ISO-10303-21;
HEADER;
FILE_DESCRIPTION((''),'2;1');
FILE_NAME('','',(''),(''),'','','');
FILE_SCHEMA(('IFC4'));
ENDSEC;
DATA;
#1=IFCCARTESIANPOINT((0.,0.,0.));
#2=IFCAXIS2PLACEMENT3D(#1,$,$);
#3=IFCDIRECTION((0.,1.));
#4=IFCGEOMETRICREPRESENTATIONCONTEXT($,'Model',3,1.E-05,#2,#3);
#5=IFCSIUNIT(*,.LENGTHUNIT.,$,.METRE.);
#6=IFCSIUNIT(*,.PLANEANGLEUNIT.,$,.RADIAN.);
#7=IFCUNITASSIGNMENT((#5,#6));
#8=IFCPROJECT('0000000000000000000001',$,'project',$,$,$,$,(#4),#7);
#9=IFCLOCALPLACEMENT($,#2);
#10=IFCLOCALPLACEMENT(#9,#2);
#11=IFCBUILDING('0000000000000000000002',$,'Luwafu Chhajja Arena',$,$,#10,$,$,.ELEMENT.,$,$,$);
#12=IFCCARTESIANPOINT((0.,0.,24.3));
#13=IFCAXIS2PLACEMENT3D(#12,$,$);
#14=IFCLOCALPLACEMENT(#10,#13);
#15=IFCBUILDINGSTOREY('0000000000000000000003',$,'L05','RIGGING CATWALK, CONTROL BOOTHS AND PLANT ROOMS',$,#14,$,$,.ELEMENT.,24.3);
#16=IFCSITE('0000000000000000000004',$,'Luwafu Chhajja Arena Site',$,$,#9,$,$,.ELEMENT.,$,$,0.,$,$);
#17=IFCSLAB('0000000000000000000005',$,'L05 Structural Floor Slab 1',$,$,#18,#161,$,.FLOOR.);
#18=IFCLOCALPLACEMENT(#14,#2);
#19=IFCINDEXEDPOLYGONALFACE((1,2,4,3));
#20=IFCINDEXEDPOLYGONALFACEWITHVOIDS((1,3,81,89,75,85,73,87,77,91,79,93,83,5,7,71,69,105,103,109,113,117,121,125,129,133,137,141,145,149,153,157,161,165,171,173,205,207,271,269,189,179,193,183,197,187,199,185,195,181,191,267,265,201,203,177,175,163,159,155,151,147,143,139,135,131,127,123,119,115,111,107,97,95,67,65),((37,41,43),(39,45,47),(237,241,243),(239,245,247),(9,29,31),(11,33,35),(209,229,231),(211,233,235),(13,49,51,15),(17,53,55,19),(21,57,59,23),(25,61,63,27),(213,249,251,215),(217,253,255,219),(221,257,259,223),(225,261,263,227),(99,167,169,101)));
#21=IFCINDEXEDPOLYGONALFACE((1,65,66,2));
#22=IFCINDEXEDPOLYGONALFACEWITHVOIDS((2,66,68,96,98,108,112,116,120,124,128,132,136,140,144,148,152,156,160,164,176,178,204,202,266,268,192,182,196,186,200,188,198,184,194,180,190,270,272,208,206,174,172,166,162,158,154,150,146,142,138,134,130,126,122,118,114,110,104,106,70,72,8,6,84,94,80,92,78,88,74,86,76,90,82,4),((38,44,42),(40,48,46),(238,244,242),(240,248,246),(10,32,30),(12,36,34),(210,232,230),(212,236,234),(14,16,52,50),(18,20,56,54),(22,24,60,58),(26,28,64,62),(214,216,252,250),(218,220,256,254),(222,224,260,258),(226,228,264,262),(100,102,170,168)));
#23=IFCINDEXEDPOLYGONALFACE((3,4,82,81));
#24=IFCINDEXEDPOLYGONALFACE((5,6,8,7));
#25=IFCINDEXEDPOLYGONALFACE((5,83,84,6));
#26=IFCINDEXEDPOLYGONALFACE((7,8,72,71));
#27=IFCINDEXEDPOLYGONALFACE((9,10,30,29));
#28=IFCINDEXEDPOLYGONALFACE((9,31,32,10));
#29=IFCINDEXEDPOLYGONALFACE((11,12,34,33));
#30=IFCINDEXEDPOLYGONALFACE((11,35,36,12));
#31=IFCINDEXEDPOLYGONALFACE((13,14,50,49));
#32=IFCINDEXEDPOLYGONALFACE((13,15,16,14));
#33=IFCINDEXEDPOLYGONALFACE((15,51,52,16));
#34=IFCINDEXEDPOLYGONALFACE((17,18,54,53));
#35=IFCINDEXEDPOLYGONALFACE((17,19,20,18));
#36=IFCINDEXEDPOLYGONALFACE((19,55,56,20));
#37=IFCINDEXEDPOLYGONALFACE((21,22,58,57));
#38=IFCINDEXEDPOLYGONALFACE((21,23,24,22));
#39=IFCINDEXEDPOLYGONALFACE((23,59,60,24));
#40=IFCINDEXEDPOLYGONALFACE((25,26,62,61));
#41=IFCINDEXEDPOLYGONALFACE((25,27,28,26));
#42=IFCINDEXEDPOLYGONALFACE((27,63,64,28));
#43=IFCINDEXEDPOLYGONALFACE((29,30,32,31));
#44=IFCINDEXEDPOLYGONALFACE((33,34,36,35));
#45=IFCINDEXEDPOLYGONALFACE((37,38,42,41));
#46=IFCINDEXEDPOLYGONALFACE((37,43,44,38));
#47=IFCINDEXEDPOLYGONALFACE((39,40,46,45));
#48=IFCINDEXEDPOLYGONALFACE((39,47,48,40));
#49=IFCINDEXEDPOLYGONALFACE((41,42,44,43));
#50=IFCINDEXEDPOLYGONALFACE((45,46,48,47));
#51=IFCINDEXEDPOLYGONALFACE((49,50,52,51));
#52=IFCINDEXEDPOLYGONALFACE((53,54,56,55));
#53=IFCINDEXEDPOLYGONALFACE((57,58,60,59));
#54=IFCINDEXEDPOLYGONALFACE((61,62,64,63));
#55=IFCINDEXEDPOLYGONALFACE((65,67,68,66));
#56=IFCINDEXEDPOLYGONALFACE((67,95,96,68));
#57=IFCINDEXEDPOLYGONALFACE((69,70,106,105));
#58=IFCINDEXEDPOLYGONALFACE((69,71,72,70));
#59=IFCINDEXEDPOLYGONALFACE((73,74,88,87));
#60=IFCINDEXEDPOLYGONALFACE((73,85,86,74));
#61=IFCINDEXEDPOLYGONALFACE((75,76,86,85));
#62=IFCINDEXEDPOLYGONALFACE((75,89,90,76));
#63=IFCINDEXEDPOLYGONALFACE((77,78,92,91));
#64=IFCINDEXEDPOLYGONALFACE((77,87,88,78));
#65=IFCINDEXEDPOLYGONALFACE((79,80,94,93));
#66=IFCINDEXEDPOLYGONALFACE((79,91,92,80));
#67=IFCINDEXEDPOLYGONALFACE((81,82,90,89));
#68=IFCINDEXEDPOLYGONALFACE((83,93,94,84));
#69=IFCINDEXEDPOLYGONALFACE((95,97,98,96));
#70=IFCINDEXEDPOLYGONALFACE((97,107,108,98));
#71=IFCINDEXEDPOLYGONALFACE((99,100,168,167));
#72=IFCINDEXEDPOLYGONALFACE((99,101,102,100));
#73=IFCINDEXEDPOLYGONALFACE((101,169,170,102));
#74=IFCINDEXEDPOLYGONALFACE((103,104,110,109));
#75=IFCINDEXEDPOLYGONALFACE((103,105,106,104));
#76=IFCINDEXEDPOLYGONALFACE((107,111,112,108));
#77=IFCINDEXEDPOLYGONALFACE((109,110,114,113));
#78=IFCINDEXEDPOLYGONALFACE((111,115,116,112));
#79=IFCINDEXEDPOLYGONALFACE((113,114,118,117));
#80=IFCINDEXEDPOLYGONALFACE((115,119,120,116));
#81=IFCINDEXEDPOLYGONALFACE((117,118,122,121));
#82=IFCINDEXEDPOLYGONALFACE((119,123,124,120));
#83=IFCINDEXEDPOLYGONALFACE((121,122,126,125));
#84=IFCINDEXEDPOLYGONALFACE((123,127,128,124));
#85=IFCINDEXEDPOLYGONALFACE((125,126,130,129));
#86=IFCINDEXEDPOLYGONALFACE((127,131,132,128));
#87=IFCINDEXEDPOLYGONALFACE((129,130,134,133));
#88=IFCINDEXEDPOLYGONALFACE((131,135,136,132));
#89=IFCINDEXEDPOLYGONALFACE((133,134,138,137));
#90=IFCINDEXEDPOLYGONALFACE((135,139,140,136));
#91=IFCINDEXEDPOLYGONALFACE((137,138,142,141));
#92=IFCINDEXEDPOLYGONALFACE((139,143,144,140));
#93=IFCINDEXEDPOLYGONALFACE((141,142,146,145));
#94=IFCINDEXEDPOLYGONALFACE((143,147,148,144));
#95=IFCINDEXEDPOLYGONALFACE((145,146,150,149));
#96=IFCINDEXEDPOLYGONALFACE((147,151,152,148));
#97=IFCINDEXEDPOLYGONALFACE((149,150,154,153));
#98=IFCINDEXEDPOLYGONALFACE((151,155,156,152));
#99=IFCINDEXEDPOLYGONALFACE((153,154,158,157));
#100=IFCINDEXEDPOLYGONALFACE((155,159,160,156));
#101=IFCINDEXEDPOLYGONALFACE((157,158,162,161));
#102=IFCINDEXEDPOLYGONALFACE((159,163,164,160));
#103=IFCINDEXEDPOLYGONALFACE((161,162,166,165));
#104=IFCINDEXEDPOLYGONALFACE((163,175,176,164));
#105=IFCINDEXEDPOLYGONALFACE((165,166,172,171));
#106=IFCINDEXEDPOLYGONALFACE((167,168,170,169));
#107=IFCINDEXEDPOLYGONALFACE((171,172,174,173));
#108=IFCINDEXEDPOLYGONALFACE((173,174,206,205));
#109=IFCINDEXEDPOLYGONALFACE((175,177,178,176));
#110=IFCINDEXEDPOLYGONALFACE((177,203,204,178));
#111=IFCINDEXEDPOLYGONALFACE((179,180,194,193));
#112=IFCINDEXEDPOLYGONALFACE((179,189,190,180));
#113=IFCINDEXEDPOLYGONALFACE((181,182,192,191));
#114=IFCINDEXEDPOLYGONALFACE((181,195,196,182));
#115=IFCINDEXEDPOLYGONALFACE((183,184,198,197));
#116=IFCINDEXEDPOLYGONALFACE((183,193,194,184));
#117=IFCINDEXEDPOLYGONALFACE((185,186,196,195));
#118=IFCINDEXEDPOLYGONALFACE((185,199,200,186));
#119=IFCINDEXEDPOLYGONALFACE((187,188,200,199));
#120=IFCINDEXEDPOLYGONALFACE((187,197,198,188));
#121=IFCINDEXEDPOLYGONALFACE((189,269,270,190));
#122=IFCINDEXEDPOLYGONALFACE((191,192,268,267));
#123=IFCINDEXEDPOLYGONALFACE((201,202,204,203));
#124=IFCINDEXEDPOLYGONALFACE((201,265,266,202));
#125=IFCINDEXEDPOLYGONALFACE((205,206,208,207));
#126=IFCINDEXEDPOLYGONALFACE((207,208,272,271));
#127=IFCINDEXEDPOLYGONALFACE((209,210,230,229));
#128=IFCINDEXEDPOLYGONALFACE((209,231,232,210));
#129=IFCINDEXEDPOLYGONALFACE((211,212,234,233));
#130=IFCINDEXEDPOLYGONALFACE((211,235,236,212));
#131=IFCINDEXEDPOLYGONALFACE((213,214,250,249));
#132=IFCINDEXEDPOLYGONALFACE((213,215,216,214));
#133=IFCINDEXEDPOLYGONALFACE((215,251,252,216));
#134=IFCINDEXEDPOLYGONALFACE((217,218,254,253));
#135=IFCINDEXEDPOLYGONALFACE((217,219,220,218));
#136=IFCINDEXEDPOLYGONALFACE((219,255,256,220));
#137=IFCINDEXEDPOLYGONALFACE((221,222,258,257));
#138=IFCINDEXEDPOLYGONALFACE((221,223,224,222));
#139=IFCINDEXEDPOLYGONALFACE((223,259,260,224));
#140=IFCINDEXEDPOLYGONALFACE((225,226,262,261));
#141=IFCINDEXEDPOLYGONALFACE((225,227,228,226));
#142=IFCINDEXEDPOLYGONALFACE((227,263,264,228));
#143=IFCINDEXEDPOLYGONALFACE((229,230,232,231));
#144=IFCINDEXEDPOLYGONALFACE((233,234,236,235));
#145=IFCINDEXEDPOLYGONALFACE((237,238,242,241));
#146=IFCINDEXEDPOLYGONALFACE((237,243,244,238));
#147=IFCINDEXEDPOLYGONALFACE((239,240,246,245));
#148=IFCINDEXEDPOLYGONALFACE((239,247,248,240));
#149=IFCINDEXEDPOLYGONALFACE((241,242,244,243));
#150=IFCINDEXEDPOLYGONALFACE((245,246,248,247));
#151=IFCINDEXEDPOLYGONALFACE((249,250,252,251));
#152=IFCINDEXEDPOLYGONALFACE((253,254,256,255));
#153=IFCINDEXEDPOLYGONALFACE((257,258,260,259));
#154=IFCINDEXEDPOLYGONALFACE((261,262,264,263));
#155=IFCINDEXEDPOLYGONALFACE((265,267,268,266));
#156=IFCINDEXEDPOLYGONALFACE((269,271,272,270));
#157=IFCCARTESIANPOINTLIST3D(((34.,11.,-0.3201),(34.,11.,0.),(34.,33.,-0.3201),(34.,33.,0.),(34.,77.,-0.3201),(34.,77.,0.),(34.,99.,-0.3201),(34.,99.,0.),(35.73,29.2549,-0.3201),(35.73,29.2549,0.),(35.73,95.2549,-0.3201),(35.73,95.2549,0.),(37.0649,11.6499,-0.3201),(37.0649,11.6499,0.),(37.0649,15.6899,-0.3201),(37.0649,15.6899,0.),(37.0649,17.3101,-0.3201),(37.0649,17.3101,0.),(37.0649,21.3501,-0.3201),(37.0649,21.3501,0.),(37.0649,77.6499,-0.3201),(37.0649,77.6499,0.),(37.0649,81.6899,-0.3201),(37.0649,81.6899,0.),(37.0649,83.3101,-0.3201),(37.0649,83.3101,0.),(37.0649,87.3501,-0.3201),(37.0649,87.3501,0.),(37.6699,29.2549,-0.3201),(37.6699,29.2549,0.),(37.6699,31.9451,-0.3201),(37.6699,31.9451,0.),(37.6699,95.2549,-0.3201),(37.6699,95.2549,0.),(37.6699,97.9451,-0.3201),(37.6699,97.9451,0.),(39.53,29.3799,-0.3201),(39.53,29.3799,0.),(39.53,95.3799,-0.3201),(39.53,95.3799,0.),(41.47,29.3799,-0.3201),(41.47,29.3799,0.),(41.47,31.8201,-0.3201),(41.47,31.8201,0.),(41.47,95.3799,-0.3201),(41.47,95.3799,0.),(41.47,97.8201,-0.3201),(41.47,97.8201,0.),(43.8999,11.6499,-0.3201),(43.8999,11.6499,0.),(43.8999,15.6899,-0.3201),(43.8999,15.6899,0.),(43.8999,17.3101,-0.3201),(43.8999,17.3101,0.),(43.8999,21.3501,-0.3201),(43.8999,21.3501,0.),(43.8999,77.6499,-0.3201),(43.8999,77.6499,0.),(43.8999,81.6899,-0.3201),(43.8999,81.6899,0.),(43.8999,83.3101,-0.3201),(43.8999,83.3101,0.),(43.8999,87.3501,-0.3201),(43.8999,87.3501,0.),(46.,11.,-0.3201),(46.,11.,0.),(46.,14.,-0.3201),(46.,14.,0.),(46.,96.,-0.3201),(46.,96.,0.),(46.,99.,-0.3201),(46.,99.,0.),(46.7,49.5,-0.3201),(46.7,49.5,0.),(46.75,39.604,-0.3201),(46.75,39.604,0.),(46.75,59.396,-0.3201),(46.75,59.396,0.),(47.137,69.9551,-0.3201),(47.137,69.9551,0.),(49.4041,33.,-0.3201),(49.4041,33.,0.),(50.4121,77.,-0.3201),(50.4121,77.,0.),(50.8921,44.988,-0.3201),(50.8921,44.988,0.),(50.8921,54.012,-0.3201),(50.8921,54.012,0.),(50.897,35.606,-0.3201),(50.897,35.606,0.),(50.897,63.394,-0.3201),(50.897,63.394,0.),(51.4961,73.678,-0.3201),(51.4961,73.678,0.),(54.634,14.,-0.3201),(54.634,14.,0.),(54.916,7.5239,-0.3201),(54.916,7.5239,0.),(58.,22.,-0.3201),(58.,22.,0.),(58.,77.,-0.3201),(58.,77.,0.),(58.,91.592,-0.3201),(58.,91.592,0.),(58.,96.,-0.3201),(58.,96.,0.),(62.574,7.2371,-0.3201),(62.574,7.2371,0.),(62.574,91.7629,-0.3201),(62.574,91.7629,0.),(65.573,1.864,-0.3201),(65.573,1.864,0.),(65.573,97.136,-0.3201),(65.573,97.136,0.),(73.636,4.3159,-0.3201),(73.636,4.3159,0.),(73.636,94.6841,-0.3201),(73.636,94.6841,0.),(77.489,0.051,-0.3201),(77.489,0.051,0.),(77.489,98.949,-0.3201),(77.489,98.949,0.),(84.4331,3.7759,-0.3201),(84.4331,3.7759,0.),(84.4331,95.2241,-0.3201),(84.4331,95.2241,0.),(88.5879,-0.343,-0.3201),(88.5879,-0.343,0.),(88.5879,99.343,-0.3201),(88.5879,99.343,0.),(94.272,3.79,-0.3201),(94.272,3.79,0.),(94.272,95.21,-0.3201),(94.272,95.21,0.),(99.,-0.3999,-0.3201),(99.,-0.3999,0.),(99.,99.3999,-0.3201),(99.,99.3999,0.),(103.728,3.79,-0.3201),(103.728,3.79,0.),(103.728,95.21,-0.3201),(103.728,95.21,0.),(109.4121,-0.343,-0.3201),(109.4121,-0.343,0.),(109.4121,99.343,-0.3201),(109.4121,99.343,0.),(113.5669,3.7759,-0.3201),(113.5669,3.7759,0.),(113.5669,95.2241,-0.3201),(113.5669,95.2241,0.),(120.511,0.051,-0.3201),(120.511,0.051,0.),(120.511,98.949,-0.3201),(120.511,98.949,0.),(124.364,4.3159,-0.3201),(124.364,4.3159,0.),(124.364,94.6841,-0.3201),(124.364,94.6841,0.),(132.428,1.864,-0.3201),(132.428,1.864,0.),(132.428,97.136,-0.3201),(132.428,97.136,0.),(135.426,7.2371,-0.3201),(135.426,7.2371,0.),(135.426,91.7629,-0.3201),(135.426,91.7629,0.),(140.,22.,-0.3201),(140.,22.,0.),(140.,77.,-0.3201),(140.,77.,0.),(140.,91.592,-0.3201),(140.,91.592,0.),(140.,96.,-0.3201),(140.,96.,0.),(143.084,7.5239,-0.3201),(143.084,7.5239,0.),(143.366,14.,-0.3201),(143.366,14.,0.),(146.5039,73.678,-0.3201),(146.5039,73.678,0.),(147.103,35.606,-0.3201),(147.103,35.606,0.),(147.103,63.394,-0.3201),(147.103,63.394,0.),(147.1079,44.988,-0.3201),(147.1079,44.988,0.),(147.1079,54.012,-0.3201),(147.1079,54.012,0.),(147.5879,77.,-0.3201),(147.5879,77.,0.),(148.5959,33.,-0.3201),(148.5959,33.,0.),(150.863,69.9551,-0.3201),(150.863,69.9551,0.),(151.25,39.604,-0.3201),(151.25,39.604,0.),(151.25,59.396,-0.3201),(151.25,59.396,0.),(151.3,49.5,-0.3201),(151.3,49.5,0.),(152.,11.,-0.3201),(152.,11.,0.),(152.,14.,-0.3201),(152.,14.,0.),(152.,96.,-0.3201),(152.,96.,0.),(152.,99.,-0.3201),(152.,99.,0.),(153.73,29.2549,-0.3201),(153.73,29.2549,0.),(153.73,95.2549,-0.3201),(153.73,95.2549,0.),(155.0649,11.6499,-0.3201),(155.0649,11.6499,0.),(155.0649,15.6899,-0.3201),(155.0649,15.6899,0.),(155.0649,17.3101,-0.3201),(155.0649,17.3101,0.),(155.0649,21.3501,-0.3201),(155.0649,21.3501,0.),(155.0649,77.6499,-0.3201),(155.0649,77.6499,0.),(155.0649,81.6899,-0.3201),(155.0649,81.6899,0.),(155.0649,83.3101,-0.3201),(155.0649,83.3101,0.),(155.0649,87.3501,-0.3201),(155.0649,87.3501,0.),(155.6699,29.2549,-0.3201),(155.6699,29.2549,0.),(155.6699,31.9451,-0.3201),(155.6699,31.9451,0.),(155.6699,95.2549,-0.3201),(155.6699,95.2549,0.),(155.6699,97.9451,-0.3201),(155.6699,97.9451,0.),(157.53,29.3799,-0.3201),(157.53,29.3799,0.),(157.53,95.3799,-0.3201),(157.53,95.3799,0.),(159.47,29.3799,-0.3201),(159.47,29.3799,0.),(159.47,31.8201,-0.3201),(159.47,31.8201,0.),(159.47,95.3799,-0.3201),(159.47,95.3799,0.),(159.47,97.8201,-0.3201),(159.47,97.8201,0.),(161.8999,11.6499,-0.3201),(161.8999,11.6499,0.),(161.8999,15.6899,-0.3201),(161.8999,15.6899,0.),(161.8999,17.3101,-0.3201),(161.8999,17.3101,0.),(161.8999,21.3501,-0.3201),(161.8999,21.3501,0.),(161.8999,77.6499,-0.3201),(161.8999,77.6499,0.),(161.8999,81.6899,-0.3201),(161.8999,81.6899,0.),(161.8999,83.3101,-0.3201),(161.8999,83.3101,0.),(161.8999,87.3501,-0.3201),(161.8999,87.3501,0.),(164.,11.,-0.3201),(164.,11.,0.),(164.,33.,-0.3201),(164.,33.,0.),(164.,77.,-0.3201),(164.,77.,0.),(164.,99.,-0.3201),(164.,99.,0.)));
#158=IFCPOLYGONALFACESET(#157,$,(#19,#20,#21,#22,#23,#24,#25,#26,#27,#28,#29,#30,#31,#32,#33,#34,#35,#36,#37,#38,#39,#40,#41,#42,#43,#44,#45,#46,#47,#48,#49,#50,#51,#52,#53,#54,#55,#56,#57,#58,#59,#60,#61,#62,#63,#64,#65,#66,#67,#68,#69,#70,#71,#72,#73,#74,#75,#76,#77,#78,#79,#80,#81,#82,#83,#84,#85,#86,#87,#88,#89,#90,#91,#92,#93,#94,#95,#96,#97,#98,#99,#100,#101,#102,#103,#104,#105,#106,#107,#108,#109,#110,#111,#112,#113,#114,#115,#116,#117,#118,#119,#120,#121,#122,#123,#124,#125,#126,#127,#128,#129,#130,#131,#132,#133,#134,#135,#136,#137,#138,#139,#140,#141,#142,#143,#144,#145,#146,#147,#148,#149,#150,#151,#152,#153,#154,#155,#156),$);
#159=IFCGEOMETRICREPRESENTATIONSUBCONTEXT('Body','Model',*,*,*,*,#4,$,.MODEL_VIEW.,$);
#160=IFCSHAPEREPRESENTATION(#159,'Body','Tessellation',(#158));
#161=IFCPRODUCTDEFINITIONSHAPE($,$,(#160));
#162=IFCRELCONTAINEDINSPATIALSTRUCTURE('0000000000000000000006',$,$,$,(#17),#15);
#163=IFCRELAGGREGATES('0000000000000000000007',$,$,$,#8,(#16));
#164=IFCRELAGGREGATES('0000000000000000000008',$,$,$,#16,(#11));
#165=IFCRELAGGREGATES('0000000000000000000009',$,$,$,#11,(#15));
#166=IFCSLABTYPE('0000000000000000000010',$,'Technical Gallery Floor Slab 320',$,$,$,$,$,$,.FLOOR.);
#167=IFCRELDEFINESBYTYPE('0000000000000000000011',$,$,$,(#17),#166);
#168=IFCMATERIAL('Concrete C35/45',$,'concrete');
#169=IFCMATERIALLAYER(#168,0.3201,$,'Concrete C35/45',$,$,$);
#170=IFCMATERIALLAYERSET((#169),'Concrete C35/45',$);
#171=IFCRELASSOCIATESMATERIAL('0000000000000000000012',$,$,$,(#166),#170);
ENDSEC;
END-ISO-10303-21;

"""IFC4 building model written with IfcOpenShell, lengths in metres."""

from ifc_helpers import new_model, si_unit, direction, frame, origin, place, context, subcontext, project, spatial, polyline, outline, extrude, material, layer, layer_set, type_object, element, save


model = new_model("IFC4")

# Units and contexts
model_context = context("Model", 3, precision=1e-05, world=origin(), true_north=direction((0.0, 1.0)))
body_context = subcontext(model_context, "Body", "Model", "MODEL_VIEW")
ifc_project = project(units=[si_unit("LENGTHUNIT", "METRE"), si_unit("PLANEANGLEUNIT", "RADIAN")], contexts=[model_context])

# Site, building, storey
site_placement = place(None, origin())
site = spatial("IfcSite", under=ifc_project, at=site_placement, Name="Luwafu Chhajja Arena Site", CompositionType="ELEMENT", RefElevation=0.0)
building_placement = place(site_placement, origin())
building = spatial("IfcBuilding", under=site, at=building_placement, Name="Luwafu Chhajja Arena", CompositionType="ELEMENT")
storey_placement = place(building_placement, frame((0.0, 0.0, 24.3)))
storey = spatial("IfcBuildingStorey", under=building, at=storey_placement, Name="L05", Description="RIGGING CATWALK, CONTROL BOOTHS AND PLANT ROOMS", CompositionType="ELEMENT", Elevation=24.3)

# Shared definitions
ifc_material_1 = material(Name="Concrete C35/45", Category="concrete")

# Slab
ifc_layer_1 = layer(ifc_material_1, 0.3201, Name="Concrete C35/45")
ifc_layer_set_1 = layer_set([ifc_layer_1], Name="Concrete C35/45")
slab_type = type_object("IfcSlabType", Name="Technical Gallery Floor Slab 320", PredefinedType="FLOOR", material=ifc_layer_set_1)
slab_placement = place(storey_placement, frame((0.0, 0.0, -0.3201)))
element("IfcSlab", 1, at=slab_placement, inside=storey, type_object=slab_type, Name="L05 Structural Floor Slab 1", PredefinedType="FLOOR", context=body_context, shape_type="SweptSolid", body=[
    extrude(outline(polyline([(46.0, 96.0), (58.0, 96.0), (58.0, 91.592), (62.574, 91.7629), (65.573, 97.136), (73.636, 94.6841), (77.489, 98.949), (84.4331, 95.2241), (88.5879, 99.343), (94.272, 95.21), (99.0, 99.3999), (103.728, 95.21), (109.4121, 99.343), (113.5669, 95.2241), (120.511, 98.949), (124.364, 94.6841), (132.428, 97.136), (135.426, 91.7629), (140.0, 91.592), (140.0, 96.0), (152.0, 96.0), (152.0, 99.0), (164.0, 99.0), (164.0, 77.0), (147.5879, 77.0), (146.5039, 73.678), (150.863, 69.9551), (147.103, 63.394), (151.25, 59.396), (147.1079, 54.012), (151.3, 49.5), (147.1079, 44.988), (151.25, 39.604), (147.103, 35.606), (148.5959, 33.0), (164.0, 33.0), (164.0, 11.0), (152.0, 11.0), (152.0, 14.0), (143.366, 14.0), (143.084, 7.5239), (135.426, 7.2371), (132.428, 1.864), (124.364, 4.3159), (120.511, 0.051), (113.5669, 3.7759), (109.4121, -0.343), (103.728, 3.79), (99.0, -0.3999), (94.272, 3.79), (88.5879, -0.343), (84.4331, 3.7759), (77.489, 0.051), (73.636, 4.3159), (65.573, 1.864), (62.574, 7.2371), (54.916, 7.5239), (54.634, 14.0), (46.0, 14.0), (46.0, 11.0), (34.0, 11.0), (34.0, 33.0), (49.4041, 33.0), (50.897, 35.606), (46.75, 39.604), (50.8921, 44.988), (46.7, 49.5), (50.8921, 54.012), (46.75, 59.396), (50.897, 63.394), (47.137, 69.9551), (51.4961, 73.678), (50.4121, 77.0), (34.0, 77.0), (34.0, 99.0), (46.0, 99.0), (46.0, 96.0)]), holes=[polyline([(161.8999, 83.3101), (161.8999, 87.3501), (155.0649, 87.3501), (155.0649, 83.3101), (161.8999, 83.3101)]), polyline([(161.8999, 81.6899), (155.0649, 81.6899), (155.0649, 77.6499), (161.8999, 77.6499), (161.8999, 81.6899)]), polyline([(161.8999, 17.3101), (161.8999, 21.3501), (155.0649, 21.3501), (155.0649, 17.3101), (161.8999, 17.3101)]), polyline([(161.8999, 15.6899), (155.0649, 15.6899), (155.0649, 11.6499), (161.8999, 11.6499), (161.8999, 15.6899)]), polyline([(159.47, 95.3799), (159.47, 97.8201), (157.53, 95.3799), (159.47, 95.3799)]), polyline([(159.47, 31.8201), (157.53, 29.3799), (159.47, 29.3799), (159.47, 31.8201)]), polyline([(155.6699, 97.9451), (153.73, 95.2549), (155.6699, 95.2549), (155.6699, 97.9451)]), polyline([(153.73, 29.2549), (155.6699, 29.2549), (155.6699, 31.9451), (153.73, 29.2549)]), polyline([(58.0, 77.0), (58.0, 22.0), (140.0, 22.0), (140.0, 77.0), (58.0, 77.0)]), polyline([(37.0649, 11.6499), (43.8999, 11.6499), (43.8999, 15.6899), (37.0649, 15.6899), (37.0649, 11.6499)]), polyline([(37.0649, 87.3501), (37.0649, 83.3101), (43.8999, 83.3101), (43.8999, 87.3501), (37.0649, 87.3501)]), polyline([(37.0649, 77.6499), (43.8999, 77.6499), (43.8999, 81.6899), (37.0649, 81.6899), (37.0649, 77.6499)]), polyline([(37.0649, 21.3501), (37.0649, 17.3101), (43.8999, 17.3101), (43.8999, 21.3501), (37.0649, 21.3501)]), polyline([(41.47, 29.3799), (41.47, 31.8201), (39.53, 29.3799), (41.47, 29.3799)]), polyline([(39.53, 95.3799), (41.47, 95.3799), (41.47, 97.8201), (39.53, 95.3799)]), polyline([(37.6699, 95.2549), (37.6699, 97.9451), (35.73, 95.2549), (37.6699, 95.2549)]), polyline([(37.6699, 31.9451), (35.73, 29.2549), (37.6699, 29.2549), (37.6699, 31.9451)])]), origin(), (0.0, 0.0, 1.0), 0.3201),
])

save(model, "model.ifc")
